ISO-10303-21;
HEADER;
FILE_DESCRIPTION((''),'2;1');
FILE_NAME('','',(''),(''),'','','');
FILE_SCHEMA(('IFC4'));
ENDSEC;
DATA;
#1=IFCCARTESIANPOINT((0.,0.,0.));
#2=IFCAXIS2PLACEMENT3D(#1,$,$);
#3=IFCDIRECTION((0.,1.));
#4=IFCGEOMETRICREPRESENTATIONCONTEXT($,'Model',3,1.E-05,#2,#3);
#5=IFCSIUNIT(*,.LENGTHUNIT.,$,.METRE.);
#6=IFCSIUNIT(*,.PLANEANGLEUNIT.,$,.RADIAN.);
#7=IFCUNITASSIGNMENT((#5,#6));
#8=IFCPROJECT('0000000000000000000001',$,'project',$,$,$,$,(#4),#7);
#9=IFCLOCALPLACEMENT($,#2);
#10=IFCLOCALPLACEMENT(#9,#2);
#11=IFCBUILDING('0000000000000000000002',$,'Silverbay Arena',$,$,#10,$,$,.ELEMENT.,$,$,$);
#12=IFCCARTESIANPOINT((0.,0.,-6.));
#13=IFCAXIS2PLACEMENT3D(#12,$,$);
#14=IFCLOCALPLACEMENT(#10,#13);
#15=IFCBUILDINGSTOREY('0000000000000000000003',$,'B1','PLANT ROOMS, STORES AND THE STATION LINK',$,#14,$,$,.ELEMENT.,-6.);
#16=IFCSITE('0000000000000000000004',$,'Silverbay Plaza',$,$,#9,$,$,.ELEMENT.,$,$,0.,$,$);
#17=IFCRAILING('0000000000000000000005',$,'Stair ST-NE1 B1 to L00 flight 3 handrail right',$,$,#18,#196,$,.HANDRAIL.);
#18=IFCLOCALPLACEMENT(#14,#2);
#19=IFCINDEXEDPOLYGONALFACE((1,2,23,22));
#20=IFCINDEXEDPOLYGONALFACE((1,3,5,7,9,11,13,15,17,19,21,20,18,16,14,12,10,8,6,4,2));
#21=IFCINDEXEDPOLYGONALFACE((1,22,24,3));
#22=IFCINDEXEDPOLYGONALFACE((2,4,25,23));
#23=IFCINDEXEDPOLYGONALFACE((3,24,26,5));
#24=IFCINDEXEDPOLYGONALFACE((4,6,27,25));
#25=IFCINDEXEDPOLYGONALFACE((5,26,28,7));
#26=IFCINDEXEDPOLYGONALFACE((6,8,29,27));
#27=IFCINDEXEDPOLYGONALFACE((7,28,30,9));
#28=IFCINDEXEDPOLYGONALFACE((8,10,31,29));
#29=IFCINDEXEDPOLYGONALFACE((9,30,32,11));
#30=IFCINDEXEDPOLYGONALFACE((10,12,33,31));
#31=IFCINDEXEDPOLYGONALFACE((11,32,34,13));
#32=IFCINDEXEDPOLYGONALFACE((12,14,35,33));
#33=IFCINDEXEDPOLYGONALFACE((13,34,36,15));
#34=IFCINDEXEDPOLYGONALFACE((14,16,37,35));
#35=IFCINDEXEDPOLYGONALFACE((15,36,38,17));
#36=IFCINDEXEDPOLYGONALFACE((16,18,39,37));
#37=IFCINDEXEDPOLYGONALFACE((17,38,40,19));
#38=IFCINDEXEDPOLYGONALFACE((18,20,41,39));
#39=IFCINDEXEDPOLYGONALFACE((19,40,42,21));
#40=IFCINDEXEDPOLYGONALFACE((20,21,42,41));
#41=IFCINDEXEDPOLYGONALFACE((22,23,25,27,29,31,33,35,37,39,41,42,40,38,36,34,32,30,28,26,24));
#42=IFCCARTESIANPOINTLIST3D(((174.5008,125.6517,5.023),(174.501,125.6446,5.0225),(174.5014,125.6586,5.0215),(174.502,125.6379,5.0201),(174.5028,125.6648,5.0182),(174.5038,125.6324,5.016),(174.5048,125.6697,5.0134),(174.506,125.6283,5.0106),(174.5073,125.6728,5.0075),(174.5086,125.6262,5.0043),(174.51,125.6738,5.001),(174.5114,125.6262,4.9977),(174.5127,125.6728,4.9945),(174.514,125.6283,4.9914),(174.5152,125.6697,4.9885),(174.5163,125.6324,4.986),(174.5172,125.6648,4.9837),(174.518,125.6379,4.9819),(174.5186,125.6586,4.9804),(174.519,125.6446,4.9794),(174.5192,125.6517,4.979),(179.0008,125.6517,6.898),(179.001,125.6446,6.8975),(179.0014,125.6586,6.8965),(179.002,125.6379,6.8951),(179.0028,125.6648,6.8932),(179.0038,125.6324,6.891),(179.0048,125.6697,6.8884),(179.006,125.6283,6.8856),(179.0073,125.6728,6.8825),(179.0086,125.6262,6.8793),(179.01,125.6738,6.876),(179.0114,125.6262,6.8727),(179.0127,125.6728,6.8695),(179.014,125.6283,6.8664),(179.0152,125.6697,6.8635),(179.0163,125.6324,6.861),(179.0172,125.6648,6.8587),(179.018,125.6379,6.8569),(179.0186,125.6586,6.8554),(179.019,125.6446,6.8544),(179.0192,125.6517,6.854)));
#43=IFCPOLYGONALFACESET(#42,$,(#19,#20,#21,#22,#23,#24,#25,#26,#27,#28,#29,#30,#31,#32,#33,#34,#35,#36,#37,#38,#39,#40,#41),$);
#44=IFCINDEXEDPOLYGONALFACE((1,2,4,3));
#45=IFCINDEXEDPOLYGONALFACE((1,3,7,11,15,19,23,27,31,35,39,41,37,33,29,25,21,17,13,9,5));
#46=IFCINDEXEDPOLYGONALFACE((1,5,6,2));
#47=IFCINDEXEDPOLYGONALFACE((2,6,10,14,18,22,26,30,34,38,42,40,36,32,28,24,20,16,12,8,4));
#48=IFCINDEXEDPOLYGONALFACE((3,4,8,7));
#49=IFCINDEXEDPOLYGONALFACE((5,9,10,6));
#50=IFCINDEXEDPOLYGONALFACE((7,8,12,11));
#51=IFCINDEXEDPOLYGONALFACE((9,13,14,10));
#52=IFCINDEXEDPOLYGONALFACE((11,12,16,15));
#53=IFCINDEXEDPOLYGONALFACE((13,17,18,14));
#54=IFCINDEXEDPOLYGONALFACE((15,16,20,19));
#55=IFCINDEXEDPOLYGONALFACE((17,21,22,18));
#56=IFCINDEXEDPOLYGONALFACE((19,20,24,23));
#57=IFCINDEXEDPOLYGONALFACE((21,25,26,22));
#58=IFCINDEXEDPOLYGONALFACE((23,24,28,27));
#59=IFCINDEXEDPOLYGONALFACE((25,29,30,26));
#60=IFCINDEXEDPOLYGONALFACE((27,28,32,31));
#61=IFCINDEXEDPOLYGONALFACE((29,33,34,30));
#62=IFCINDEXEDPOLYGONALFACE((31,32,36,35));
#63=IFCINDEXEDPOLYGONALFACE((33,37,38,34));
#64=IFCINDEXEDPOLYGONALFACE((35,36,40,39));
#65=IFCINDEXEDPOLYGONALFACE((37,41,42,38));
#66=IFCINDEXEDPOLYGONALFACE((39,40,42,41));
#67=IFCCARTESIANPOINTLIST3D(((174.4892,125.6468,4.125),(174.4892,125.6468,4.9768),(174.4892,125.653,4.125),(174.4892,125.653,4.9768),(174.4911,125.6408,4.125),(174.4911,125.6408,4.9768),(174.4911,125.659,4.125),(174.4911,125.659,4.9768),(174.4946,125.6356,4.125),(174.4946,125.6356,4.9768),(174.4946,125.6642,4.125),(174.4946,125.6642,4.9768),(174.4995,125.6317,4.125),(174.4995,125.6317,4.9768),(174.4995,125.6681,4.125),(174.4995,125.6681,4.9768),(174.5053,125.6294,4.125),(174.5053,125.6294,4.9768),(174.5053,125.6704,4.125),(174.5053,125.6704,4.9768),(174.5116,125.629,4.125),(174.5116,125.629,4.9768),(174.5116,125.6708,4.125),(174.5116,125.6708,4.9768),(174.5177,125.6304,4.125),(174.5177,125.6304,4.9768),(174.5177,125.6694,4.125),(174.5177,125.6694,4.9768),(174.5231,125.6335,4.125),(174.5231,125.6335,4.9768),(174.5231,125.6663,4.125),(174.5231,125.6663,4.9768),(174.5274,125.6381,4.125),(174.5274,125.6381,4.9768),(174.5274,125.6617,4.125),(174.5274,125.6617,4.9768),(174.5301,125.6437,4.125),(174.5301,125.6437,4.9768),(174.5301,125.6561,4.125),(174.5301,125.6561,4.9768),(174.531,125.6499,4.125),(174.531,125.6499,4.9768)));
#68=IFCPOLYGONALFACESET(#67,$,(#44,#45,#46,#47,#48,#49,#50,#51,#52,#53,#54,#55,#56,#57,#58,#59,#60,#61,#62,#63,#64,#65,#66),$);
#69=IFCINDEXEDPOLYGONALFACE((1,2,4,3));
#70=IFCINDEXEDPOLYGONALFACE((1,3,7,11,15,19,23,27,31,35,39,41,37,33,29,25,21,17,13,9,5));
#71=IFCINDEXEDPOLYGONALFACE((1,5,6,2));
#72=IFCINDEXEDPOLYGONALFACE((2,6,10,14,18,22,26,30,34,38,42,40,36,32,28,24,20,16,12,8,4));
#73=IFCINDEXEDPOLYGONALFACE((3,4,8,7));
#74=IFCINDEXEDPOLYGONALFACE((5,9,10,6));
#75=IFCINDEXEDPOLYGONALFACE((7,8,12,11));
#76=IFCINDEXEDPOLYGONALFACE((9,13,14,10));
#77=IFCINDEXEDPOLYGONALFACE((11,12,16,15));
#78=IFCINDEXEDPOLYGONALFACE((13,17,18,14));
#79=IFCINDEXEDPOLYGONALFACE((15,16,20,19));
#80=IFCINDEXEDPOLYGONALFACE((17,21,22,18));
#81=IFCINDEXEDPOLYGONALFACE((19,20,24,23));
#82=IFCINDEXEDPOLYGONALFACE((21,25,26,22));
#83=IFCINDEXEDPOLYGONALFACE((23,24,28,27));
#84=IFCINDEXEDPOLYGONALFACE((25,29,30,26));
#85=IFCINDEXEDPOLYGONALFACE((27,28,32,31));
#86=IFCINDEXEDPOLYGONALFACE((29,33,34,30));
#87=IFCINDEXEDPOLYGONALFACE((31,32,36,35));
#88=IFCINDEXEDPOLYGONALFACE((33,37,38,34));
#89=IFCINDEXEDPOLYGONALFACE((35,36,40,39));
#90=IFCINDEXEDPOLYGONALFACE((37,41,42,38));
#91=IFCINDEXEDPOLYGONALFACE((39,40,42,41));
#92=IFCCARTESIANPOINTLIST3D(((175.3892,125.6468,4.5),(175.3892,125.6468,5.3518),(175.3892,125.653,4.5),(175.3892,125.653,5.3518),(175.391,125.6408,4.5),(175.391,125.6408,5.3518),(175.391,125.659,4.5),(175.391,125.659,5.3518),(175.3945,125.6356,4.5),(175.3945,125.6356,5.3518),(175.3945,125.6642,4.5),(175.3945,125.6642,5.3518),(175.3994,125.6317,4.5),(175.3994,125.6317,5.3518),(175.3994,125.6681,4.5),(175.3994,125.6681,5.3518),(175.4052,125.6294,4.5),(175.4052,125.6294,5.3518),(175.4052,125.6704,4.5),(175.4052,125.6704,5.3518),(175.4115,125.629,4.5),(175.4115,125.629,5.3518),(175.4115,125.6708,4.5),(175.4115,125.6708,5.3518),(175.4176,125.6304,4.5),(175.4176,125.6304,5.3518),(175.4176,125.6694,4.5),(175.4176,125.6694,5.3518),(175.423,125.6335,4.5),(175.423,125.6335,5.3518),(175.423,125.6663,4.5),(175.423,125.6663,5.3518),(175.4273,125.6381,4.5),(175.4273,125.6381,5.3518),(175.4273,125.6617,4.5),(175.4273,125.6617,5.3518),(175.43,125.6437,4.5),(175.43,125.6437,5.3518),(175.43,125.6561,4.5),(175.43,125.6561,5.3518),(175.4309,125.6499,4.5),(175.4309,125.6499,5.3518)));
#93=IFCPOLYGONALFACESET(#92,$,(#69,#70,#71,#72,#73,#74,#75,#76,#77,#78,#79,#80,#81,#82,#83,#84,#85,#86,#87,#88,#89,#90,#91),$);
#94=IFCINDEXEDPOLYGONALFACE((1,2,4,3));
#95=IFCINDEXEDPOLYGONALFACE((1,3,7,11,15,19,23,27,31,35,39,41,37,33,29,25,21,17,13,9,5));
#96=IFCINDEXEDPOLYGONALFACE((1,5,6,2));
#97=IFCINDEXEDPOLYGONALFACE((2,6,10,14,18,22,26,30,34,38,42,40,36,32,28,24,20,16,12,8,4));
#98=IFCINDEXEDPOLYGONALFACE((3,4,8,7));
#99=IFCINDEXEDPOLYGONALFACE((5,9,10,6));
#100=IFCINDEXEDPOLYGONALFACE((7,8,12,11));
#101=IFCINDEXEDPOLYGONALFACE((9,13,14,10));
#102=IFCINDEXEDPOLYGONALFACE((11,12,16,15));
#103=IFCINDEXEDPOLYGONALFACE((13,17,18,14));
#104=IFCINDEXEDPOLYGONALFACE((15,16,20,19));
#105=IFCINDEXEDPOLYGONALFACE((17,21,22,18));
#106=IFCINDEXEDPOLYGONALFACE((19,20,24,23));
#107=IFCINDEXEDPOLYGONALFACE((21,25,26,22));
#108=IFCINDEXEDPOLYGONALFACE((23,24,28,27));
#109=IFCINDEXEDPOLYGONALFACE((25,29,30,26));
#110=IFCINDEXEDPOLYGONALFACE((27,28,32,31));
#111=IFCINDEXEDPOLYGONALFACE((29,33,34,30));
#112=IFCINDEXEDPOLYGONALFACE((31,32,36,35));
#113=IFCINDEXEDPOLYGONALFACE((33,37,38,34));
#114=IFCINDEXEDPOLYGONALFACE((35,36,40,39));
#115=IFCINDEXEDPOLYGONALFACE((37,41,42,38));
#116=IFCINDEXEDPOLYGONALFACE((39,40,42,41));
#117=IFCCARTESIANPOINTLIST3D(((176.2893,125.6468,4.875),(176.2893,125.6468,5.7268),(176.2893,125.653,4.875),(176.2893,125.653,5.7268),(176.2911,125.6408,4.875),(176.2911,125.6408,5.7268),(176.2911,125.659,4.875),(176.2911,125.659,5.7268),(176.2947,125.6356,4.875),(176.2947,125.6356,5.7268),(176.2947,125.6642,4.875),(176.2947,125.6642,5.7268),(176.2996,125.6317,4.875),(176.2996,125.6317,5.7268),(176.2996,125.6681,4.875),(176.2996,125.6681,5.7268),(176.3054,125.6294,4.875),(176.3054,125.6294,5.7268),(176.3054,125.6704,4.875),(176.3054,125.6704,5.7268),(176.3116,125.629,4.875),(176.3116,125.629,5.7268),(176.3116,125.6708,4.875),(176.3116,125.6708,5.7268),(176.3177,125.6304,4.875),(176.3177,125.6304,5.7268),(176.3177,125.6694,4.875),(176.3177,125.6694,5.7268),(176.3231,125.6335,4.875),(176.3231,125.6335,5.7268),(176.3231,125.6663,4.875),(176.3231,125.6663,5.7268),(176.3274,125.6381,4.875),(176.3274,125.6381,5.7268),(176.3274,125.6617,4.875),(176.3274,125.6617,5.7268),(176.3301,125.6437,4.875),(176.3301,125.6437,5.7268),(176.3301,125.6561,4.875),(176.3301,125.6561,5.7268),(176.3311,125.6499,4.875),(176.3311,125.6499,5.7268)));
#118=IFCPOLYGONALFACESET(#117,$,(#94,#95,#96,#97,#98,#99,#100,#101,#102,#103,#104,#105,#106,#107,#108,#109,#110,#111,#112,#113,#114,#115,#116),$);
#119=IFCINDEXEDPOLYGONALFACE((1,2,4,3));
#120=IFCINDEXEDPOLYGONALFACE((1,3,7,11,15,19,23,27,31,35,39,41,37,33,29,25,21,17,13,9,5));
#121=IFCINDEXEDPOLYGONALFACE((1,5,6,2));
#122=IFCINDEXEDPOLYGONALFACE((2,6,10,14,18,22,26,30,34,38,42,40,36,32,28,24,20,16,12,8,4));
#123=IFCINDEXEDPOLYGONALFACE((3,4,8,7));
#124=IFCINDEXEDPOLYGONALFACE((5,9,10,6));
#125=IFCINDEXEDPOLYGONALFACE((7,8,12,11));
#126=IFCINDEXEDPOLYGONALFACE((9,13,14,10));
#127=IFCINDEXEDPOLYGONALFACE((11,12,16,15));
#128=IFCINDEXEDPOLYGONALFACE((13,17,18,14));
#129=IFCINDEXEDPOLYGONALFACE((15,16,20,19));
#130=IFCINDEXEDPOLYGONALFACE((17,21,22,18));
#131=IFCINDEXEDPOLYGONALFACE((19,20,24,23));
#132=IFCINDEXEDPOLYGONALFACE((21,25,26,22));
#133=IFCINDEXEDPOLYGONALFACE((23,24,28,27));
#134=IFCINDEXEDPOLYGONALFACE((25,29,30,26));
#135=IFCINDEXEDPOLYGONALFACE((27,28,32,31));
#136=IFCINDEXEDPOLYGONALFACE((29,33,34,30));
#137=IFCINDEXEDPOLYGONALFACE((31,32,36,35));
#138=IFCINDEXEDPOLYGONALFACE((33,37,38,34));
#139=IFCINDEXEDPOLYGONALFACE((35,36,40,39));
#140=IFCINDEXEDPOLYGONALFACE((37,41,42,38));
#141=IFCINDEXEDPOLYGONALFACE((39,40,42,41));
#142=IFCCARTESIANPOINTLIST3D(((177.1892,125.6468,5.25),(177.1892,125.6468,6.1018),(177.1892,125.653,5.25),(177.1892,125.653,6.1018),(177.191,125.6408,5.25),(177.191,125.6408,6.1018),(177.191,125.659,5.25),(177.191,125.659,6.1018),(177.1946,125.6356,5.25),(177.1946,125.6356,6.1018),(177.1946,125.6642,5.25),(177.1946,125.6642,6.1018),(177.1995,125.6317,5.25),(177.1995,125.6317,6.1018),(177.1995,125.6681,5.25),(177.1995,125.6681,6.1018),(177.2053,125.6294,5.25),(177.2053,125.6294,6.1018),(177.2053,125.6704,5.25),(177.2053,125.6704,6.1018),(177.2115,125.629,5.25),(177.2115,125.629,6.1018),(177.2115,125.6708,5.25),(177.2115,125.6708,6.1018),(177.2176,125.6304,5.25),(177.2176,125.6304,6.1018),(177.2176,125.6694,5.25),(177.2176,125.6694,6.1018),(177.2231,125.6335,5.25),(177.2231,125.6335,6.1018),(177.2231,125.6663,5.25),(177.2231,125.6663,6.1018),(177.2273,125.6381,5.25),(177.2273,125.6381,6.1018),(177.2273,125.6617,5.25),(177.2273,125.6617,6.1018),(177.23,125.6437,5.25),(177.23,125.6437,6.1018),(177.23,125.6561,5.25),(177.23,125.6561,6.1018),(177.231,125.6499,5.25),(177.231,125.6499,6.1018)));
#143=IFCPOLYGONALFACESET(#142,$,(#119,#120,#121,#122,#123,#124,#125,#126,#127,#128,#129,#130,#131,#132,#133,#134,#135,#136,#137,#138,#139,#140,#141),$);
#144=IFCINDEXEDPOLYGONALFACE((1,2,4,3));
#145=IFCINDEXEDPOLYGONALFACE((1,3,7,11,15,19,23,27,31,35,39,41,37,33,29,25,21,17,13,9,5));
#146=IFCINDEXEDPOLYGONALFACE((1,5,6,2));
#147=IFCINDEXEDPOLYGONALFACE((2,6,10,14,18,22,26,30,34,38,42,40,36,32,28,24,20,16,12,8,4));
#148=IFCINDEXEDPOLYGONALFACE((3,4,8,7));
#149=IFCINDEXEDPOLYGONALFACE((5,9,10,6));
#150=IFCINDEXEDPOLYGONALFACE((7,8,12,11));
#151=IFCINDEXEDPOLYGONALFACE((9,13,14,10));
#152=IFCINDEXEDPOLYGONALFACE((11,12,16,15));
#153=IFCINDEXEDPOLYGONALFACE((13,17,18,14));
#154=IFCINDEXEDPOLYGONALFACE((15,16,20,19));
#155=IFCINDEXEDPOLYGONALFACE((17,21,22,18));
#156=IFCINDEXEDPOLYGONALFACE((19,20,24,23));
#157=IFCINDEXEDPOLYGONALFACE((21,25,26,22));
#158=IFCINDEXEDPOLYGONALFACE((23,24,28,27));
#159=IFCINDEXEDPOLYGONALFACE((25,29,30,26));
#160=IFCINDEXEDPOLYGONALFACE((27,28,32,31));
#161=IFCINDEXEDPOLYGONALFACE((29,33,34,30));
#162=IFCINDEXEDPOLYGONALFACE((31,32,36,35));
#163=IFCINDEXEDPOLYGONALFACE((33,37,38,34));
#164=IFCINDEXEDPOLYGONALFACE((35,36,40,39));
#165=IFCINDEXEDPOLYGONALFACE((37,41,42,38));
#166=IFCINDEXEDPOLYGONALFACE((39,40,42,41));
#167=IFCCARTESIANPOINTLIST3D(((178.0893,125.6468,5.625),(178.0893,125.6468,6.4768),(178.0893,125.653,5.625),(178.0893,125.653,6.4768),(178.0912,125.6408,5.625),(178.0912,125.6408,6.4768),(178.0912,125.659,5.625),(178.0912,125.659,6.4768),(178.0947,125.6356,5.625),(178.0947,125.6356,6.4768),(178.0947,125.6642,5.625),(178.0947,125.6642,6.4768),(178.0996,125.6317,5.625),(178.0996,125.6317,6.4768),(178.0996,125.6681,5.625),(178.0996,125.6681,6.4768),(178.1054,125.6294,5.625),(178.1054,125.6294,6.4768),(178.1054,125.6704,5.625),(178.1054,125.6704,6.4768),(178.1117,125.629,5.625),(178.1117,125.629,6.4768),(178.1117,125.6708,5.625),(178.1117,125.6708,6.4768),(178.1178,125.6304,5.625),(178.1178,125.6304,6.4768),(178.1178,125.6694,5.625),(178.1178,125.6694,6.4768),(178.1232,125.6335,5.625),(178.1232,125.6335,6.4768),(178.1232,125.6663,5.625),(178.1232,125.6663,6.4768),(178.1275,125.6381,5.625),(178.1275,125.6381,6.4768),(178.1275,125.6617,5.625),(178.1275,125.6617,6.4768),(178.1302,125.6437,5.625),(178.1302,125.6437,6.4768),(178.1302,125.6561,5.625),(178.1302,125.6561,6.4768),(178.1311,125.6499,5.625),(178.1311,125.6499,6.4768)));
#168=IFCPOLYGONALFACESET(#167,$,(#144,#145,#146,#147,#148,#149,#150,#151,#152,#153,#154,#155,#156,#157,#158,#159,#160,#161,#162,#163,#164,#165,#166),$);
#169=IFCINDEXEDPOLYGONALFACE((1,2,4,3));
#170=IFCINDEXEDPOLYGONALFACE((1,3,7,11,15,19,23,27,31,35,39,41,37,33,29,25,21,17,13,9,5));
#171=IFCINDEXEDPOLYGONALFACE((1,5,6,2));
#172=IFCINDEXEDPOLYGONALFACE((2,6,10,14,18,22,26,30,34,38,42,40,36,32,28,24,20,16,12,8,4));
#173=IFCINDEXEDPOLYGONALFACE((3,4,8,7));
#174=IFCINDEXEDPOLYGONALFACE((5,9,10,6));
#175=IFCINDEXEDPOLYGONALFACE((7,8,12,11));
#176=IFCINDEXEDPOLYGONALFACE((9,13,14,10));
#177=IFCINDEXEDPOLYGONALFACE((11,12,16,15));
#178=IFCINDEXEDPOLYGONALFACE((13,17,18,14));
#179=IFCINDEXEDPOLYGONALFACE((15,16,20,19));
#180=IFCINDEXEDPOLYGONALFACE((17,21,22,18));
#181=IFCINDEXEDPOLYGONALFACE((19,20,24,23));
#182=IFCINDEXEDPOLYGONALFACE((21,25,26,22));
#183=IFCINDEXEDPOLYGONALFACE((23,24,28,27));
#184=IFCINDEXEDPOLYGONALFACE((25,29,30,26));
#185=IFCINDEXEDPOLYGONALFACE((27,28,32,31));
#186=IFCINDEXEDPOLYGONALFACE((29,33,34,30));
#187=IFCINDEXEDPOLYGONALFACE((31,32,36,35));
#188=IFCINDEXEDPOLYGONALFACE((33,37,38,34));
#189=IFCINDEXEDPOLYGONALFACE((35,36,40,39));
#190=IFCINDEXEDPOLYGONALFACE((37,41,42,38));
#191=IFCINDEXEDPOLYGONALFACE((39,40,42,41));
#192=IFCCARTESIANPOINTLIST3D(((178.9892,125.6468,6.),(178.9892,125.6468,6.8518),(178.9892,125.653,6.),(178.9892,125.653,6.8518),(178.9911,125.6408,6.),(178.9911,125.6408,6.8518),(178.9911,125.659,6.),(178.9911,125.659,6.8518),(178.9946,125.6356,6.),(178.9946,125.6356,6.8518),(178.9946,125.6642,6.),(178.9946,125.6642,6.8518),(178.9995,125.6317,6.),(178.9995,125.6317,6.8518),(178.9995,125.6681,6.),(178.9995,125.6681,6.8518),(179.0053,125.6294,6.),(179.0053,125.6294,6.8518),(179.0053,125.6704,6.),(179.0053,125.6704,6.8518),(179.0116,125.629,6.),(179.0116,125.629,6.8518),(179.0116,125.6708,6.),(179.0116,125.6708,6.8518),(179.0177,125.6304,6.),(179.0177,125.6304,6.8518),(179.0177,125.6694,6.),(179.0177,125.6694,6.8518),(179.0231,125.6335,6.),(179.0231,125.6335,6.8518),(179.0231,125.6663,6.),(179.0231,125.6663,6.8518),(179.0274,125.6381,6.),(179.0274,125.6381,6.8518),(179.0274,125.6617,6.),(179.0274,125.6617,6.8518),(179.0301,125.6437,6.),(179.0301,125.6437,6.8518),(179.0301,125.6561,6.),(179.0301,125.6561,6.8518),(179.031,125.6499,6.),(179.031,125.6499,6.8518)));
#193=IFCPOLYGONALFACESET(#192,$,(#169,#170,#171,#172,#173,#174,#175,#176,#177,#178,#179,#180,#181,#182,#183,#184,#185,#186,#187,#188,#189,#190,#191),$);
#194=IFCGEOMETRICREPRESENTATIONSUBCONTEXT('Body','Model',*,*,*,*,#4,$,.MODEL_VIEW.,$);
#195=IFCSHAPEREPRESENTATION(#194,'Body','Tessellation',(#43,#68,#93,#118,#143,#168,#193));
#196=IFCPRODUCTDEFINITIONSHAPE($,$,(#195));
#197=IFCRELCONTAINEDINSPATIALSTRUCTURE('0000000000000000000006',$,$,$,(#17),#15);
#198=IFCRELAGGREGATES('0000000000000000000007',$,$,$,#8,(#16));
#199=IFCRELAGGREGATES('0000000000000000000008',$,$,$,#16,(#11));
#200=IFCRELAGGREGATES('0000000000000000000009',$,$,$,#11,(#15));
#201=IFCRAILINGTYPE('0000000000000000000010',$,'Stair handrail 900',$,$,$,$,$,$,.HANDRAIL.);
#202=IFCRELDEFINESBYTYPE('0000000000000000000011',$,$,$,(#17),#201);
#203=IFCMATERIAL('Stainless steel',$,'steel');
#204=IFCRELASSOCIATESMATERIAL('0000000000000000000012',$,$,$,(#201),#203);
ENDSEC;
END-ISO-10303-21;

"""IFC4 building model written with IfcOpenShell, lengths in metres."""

from ifc_helpers import new_model, si_unit, direction, frame, origin, origin_2d, place, context, subcontext, project, spatial, circle, extrude, material, type_object, element, save


model = new_model("IFC4")

# Units and contexts
model_context = context("Model", 3, precision=1e-05, world=origin(), true_north=direction((0.0, 1.0)))
body_context = subcontext(model_context, "Body", "Model", "MODEL_VIEW")
ifc_project = project(units=[si_unit("LENGTHUNIT", "METRE"), si_unit("PLANEANGLEUNIT", "RADIAN")], contexts=[model_context])

# Site, building, storey
site_placement = place(None, origin())
site = spatial("IfcSite", under=ifc_project, at=site_placement, Name="Silverbay Plaza", CompositionType="ELEMENT", RefElevation=0.0)
building_placement = place(site_placement, origin())
building = spatial("IfcBuilding", under=site, at=building_placement, Name="Silverbay Arena", CompositionType="ELEMENT")
storey_placement = place(building_placement, frame((0.0, 0.0, -6.0)))
storey = spatial("IfcBuildingStorey", under=building, at=storey_placement, Name="B1", Description="PLANT ROOMS, STORES AND THE STATION LINK", CompositionType="ELEMENT", Elevation=-6.0)

# Railing
ifc_material_1 = material(Name="Stainless steel", Category="steel")
railing_type_1 = type_object("IfcRailingType", Name="Stair handrail 900", PredefinedType="HANDRAIL", material=ifc_material_1)
for number, where, name in (
    (1, (174.51, 125.6499, 4.125), "Stair ST-NE1 B1 to L00 flight 3 handrail right"),
):
    element("IfcRailing", number, at=place(storey_placement, frame(where)), inside=storey, type_object=railing_type_1, Name=name, PredefinedType="HANDRAIL", context=body_context, shape_type="SweptSolid", body=[
        extrude(circle(Radius=0.0239, at=origin_2d()), frame((0.0, 0.0, 0.876), z_axis=(0.923077, 0.0, 0.384615), x_axis=(0.0, 1.0, 0.0)), (0.0, 0.0, 1.0), 4.875),
        extrude(circle(Radius=0.021, at=origin_2d()), origin(), (0.0, 0.0, 1.0), 0.8518),
        extrude(circle(Radius=0.021, at=origin_2d()), frame((0.8999, 0.0, 0.375)), (0.0, 0.0, 1.0), 0.8518),
        extrude(circle(Radius=0.021, at=origin_2d()), frame((1.8, 0.0, 0.75)), (0.0, 0.0, 1.0), 0.8518),
        extrude(circle(Radius=0.021, at=origin_2d()), frame((2.7, 0.0, 1.125)), (0.0, 0.0, 1.0), 0.8518),
        extrude(circle(Radius=0.021, at=origin_2d()), frame((3.6001, 0.0, 1.5)), (0.0, 0.0, 1.0), 0.8518),
        extrude(circle(Radius=0.021, at=origin_2d()), frame((4.5, 0.0, 1.875)), (0.0, 0.0, 1.0), 0.8518),
    ])

save(model, "model.ifc")
